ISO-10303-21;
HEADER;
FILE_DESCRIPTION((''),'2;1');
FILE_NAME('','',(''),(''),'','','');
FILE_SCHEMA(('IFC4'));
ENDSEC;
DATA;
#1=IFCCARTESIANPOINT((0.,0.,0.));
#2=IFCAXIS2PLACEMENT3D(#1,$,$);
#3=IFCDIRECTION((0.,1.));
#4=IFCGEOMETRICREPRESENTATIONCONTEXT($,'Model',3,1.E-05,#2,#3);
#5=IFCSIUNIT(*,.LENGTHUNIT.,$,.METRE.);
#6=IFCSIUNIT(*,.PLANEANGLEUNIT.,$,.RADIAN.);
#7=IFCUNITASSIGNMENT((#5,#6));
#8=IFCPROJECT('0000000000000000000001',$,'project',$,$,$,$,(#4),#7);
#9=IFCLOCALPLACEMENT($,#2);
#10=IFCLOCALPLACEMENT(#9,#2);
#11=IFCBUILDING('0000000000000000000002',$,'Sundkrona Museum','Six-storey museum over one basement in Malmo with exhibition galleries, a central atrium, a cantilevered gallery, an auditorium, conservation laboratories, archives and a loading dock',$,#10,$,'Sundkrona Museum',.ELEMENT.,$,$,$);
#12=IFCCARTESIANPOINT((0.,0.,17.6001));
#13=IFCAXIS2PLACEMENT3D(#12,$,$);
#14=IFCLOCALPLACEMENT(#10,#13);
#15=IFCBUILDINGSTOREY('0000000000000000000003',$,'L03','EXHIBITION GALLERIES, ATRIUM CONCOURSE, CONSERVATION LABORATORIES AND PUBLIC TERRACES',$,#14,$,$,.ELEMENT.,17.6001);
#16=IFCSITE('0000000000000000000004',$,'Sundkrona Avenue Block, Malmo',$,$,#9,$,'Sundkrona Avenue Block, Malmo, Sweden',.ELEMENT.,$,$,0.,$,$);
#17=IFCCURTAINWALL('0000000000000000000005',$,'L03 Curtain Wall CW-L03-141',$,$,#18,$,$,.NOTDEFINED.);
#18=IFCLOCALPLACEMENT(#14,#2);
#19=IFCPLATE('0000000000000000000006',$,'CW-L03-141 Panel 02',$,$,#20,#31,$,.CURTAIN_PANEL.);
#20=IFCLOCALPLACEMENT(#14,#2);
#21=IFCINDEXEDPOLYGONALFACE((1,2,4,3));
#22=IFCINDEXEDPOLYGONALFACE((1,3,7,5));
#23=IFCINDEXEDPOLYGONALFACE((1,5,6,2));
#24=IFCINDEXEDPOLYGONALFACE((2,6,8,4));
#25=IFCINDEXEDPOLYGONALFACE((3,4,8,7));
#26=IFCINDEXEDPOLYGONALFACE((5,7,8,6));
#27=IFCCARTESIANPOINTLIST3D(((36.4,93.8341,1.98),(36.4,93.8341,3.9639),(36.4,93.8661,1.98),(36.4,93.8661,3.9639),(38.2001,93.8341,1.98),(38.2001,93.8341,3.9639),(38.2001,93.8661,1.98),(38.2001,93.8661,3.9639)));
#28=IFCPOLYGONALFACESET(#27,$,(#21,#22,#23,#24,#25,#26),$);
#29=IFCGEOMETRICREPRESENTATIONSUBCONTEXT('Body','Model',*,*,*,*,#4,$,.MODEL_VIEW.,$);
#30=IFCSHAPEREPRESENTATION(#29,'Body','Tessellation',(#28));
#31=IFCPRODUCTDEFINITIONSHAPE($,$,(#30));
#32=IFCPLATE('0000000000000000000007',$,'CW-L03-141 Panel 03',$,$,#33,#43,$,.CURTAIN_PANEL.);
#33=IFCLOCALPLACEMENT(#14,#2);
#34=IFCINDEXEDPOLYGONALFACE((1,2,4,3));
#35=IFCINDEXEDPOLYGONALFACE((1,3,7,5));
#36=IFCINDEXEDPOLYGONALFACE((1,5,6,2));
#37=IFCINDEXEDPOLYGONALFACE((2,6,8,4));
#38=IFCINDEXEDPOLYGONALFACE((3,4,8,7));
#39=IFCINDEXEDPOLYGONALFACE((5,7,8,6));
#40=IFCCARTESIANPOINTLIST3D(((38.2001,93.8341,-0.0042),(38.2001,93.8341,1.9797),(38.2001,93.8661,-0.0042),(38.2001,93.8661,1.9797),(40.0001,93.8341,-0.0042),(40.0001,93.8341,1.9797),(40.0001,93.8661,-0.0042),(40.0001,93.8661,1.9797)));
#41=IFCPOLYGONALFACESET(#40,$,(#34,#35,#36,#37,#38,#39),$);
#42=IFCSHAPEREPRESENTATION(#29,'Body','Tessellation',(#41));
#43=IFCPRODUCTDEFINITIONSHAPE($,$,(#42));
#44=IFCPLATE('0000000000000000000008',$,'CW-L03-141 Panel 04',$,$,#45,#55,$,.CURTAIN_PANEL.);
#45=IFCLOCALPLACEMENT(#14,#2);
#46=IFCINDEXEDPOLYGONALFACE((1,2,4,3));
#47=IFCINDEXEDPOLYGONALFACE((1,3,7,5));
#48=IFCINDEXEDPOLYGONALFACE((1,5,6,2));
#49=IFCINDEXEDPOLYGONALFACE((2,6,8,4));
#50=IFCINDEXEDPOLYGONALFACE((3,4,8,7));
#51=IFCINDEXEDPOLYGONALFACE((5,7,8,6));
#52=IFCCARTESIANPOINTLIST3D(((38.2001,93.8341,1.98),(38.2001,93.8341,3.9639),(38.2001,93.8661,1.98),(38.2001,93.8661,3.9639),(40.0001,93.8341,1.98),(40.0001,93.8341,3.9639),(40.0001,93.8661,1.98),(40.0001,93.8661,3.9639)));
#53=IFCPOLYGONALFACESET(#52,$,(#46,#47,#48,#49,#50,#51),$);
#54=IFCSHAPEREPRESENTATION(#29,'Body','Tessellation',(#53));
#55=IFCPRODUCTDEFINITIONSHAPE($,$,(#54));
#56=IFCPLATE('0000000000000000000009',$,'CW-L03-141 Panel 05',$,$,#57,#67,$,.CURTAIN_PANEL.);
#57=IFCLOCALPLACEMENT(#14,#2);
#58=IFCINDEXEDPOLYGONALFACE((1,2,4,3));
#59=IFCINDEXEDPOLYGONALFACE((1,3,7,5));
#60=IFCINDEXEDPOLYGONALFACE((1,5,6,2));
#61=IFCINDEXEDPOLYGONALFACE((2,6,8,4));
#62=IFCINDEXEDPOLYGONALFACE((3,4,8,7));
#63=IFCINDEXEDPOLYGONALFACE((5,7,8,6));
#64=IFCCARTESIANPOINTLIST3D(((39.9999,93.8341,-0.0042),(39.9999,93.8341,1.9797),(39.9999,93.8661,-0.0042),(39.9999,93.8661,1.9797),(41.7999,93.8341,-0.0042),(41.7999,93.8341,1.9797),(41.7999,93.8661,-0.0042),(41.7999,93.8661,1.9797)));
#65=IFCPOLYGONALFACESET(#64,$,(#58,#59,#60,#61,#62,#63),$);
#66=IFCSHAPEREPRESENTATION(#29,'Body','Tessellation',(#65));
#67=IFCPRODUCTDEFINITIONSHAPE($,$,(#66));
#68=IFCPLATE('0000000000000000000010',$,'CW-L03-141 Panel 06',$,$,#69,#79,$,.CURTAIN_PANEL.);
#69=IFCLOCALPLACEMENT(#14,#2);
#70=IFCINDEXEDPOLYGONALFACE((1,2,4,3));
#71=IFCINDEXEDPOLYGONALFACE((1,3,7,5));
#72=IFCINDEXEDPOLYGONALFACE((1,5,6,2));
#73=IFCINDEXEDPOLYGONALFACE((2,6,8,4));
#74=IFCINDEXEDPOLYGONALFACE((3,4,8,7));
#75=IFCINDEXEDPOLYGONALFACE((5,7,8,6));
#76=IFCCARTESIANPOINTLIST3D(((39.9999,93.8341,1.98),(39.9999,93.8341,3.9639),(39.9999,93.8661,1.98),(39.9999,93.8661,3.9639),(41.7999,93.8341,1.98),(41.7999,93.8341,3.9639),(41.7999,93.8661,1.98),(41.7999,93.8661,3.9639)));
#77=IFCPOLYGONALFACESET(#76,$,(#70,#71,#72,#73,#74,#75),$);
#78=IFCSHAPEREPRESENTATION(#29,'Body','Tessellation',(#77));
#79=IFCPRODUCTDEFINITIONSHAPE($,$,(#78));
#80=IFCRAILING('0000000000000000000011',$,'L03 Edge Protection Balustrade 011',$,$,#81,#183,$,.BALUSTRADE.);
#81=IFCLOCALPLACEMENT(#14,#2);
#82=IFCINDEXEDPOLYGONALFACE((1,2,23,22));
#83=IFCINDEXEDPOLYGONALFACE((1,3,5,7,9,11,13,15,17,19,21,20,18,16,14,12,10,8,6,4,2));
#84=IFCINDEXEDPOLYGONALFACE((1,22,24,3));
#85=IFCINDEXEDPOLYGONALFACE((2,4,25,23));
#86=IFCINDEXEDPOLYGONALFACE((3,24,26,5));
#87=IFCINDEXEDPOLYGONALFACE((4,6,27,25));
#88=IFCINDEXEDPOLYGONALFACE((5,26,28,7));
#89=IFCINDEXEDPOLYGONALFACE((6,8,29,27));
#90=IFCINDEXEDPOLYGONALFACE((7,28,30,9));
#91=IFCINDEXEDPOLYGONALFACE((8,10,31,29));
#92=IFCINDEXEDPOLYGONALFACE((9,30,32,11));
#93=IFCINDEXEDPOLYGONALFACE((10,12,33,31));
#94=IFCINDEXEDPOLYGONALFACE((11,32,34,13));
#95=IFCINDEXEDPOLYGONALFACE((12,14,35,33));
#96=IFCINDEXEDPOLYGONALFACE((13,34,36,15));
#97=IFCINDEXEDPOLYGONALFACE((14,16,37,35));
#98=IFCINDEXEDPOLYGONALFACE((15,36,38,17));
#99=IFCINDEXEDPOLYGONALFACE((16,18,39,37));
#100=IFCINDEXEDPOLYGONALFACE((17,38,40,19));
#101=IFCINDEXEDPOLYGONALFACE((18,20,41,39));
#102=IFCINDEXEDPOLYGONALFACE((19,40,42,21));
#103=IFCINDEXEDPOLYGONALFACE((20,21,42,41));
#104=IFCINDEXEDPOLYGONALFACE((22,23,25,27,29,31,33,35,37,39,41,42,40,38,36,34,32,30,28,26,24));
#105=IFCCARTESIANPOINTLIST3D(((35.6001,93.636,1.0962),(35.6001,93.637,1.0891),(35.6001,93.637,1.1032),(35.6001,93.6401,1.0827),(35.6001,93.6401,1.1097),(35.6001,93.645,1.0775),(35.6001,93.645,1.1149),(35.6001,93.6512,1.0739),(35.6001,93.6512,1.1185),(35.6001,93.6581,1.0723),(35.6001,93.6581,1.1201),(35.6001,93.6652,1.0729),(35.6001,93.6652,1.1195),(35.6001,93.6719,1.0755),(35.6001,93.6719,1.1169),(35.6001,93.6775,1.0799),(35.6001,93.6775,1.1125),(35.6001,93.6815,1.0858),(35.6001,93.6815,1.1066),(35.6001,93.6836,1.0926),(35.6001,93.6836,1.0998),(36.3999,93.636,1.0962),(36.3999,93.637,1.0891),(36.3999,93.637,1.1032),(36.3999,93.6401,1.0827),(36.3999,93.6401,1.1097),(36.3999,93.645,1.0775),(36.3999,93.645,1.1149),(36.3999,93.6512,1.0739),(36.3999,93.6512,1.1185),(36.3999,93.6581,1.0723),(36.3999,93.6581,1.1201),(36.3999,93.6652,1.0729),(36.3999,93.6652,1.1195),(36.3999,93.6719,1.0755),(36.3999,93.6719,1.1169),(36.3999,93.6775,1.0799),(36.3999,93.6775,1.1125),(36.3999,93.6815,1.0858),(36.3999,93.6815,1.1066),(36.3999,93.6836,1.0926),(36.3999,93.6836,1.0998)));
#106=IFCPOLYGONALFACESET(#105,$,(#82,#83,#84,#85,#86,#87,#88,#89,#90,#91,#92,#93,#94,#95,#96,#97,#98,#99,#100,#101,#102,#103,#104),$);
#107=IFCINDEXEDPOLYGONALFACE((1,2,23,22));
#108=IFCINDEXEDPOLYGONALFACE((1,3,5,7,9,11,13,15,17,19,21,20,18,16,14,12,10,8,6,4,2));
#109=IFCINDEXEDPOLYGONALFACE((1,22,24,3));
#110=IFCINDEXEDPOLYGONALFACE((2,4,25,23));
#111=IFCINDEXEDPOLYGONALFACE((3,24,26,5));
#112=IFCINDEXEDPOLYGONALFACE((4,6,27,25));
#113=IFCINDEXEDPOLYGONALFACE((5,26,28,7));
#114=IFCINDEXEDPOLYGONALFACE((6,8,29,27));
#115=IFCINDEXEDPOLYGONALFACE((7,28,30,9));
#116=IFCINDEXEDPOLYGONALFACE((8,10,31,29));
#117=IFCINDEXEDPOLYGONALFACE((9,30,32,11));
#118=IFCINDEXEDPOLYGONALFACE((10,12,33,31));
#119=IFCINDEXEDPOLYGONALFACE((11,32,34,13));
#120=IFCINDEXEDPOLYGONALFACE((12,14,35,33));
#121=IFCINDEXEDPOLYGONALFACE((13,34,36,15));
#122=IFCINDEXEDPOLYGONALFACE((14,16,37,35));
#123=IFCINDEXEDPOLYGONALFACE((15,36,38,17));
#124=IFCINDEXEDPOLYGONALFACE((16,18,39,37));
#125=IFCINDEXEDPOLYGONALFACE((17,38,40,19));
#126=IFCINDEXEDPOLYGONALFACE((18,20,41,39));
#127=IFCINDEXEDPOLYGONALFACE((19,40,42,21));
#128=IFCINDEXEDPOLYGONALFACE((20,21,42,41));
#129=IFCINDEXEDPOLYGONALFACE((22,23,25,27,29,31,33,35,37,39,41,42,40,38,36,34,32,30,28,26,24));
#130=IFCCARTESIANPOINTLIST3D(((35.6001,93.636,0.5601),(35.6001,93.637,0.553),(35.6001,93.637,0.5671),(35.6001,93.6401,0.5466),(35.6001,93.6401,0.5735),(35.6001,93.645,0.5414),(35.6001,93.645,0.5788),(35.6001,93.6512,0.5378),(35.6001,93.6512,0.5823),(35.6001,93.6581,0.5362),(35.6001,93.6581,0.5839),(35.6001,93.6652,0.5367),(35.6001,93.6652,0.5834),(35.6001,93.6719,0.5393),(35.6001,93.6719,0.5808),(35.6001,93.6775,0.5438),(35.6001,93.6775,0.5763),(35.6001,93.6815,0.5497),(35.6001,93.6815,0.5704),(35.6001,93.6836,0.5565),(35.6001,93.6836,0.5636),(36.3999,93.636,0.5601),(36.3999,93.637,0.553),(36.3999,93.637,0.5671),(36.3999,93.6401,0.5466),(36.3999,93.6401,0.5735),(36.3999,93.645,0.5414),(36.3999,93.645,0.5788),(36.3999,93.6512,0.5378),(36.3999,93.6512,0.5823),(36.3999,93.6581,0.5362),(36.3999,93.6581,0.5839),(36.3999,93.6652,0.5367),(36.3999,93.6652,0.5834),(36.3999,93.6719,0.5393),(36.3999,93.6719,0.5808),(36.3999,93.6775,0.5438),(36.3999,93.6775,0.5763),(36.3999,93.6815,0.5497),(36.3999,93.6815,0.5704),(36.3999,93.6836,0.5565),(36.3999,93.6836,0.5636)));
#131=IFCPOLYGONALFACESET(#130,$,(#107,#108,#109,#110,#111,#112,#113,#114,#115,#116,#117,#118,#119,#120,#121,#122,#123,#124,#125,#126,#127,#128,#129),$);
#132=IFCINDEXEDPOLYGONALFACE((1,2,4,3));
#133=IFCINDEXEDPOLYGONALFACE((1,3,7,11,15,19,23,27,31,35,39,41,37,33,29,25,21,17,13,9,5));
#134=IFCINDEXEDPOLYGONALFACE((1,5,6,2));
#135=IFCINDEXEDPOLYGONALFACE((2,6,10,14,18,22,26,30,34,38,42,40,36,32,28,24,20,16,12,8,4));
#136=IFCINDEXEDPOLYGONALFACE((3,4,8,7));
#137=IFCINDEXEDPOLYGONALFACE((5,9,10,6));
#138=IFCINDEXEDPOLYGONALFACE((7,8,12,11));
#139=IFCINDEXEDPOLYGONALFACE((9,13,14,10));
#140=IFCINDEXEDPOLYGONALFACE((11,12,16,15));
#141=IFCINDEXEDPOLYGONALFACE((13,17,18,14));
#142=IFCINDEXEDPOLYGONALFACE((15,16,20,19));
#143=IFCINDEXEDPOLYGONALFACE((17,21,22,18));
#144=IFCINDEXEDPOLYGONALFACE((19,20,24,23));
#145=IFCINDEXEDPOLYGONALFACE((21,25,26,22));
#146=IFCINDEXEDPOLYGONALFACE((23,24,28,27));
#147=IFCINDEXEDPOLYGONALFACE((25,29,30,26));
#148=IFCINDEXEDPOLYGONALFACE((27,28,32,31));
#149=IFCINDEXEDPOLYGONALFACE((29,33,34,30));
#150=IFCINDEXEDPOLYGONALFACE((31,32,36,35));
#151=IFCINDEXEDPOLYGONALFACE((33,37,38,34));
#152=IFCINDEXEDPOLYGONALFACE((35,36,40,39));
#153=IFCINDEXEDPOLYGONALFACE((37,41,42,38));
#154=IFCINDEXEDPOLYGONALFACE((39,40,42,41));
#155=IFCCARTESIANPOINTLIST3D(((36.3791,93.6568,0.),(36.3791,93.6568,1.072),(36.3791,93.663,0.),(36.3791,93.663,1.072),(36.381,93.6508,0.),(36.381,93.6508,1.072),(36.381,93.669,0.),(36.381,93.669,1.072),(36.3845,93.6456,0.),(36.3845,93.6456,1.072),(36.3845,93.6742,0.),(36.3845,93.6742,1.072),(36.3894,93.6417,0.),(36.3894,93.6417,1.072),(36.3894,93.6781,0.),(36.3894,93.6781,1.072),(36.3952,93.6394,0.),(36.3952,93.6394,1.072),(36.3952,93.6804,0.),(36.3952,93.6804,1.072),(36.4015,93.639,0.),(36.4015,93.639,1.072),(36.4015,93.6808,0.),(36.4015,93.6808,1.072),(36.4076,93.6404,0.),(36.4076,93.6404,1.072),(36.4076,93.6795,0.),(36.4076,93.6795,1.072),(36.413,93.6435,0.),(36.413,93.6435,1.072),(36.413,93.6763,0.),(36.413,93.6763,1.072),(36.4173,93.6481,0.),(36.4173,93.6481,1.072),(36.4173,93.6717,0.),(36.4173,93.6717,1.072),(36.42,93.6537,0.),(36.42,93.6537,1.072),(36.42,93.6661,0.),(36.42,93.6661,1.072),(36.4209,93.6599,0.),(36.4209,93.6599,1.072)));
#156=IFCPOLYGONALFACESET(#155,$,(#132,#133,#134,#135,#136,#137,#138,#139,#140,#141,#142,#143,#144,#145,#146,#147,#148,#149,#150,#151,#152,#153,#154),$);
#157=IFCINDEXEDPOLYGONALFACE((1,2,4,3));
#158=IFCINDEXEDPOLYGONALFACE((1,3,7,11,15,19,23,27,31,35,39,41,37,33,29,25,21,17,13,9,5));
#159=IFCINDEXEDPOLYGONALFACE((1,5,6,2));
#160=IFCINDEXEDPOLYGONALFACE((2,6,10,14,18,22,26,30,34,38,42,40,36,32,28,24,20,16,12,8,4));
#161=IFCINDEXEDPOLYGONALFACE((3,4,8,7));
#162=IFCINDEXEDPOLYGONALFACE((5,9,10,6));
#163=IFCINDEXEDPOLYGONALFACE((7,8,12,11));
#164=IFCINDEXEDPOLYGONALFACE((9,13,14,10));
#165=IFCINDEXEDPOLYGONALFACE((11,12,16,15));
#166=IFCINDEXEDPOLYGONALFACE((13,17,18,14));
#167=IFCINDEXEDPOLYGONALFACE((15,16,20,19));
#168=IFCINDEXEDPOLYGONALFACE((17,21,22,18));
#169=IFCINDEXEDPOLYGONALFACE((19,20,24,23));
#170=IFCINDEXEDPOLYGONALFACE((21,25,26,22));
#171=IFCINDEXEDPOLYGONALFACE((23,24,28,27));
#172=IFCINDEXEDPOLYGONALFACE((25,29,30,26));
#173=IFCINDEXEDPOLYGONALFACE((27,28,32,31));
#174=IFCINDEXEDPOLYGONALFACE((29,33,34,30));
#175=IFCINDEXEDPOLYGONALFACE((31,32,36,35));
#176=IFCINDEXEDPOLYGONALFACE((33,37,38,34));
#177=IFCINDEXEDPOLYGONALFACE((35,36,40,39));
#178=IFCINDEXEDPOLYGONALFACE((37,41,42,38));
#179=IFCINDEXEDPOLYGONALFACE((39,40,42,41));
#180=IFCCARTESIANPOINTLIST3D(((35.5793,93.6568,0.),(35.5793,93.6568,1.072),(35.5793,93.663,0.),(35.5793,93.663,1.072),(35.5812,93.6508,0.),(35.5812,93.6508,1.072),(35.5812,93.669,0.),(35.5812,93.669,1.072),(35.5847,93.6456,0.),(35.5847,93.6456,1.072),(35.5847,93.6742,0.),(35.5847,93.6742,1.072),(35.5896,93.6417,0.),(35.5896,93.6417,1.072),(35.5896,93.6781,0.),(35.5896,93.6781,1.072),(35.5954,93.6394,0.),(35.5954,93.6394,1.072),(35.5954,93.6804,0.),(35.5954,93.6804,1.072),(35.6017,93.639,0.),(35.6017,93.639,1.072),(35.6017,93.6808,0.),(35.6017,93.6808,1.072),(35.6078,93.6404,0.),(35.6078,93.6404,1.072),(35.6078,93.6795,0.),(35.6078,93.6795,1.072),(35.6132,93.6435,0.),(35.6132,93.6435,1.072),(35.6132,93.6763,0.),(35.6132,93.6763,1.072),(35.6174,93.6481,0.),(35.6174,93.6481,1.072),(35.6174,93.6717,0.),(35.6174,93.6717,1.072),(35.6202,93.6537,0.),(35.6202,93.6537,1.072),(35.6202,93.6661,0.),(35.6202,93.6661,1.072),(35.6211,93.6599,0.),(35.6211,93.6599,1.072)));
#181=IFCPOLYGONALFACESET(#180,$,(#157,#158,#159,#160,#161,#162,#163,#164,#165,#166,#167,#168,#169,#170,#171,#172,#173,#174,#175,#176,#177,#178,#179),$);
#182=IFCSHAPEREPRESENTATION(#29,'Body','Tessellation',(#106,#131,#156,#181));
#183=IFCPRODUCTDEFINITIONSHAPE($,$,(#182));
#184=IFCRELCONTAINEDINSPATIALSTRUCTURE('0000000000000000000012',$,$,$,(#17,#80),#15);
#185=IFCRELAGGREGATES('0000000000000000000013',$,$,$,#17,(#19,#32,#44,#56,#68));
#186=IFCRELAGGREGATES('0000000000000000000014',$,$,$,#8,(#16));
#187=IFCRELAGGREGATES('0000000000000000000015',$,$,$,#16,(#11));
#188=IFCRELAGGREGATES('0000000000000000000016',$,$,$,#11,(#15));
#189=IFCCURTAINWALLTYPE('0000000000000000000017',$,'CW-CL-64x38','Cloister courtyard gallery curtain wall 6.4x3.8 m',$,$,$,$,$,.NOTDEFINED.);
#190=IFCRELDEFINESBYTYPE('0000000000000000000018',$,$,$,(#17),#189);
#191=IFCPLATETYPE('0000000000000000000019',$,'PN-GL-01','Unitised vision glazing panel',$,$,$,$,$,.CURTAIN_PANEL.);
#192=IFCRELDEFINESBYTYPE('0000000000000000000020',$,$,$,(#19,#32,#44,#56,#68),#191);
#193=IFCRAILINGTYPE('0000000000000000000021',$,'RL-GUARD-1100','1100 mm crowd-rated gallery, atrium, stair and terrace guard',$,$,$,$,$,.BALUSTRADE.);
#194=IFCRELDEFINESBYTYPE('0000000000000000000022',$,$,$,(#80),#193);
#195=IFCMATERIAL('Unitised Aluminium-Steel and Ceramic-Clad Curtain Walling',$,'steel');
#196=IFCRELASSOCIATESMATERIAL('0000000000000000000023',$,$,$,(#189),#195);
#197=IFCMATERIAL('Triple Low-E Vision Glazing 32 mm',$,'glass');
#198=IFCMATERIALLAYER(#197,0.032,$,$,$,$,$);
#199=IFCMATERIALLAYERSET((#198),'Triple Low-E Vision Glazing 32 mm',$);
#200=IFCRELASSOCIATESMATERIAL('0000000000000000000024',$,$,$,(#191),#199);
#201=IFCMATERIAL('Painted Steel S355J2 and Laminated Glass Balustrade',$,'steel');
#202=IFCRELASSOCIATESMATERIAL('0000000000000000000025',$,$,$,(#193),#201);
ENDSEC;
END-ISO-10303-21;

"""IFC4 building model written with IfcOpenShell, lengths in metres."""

from ifc_helpers import new_model, si_unit, direction, frame, origin, origin_2d, place, context, subcontext, project, spatial, rectangle, circle, extrude, material, layer, layer_set, type_object, element, aggregate, save


model = new_model("IFC4")

# Units and contexts
model_context = context("Model", 3, precision=1e-05, world=origin(), true_north=direction((0.0, 1.0)))
body_context = subcontext(model_context, "Body", "Model", "MODEL_VIEW")
ifc_project = project(units=[si_unit("LENGTHUNIT", "METRE"), si_unit("PLANEANGLEUNIT", "RADIAN")], contexts=[model_context])

# Site, building, storey
site_placement = place(None, origin())
site = spatial("IfcSite", under=ifc_project, at=site_placement, Name="Sundkrona Avenue Block, Malmo", LongName="Sundkrona Avenue Block, Malmo, Sweden", CompositionType="ELEMENT", RefElevation=0.0)
building_placement = place(site_placement, origin())
building = spatial("IfcBuilding", under=site, at=building_placement, Name="Sundkrona Museum", Description="Six-storey museum over one basement in Malmo with exhibition galleries, a central atrium, a cantilevered gallery, an auditorium, conservation laboratories, archives and a loading dock", LongName="Sundkrona Museum", CompositionType="ELEMENT")
storey_placement = place(building_placement, frame((0.0, 0.0, 17.6001)))
storey = spatial("IfcBuildingStorey", under=building, at=storey_placement, Name="L03", Description="EXHIBITION GALLERIES, ATRIUM CONCOURSE, CONSERVATION LABORATORIES AND PUBLIC TERRACES", CompositionType="ELEMENT", Elevation=17.6001)

# Shared definitions
ifc_material_1 = material(Name="Unitised Aluminium-Steel and Ceramic-Clad Curtain Walling", Category="steel")
curtain_wall_type = type_object("IfcCurtainWallType", Name="CW-CL-64x38", Description="Cloister courtyard gallery curtain wall 6.4x3.8 m", PredefinedType="NOTDEFINED", material=ifc_material_1)

# Curtain wall
curtain_wall_1_placement = place(storey_placement, origin())
curtain_wall_1 = element("IfcCurtainWall", 1, at=curtain_wall_1_placement, inside=storey, type_object=curtain_wall_type, Name="L03 Curtain Wall CW-L03-141", PredefinedType="NOTDEFINED")

# Plates
ifc_material_2 = material(Name="Triple Low-E Vision Glazing 32 mm", Category="glass")
ifc_layer = layer(ifc_material_2, 0.032)
ifc_layer_set = layer_set([ifc_layer], Name="Triple Low-E Vision Glazing 32 mm")
plate_type = type_object("IfcPlateType", Name="PN-GL-01", Description="Unitised vision glazing panel", PredefinedType="CURTAIN_PANEL", material=ifc_layer_set)
plate_1_placement = place(storey_placement, frame((37.3, 93.8501, 1.98), z_axis=(0.0, 0.0, 1.0), x_axis=(1.0, 0.0, 0.0)))
plate_1 = element("IfcPlate", 2, at=plate_1_placement, type_object=plate_type, Name="CW-L03-141 Panel 02", PredefinedType="CURTAIN_PANEL", context=body_context, shape_type="SweptSolid", body=[
    extrude(rectangle(XDim=1.8, YDim=0.032, at=origin_2d()), origin(), (0.0, 0.0, 1.0), 1.9839),
])
plate_2_placement = place(storey_placement, frame((39.1001, 93.8501, -0.0042), z_axis=(0.0, 0.0, 1.0), x_axis=(1.0, 0.0, 0.0)))
plate_2 = element("IfcPlate", 3, at=plate_2_placement, type_object=plate_type, Name="CW-L03-141 Panel 03", PredefinedType="CURTAIN_PANEL", context=body_context, shape_type="SweptSolid", body=[
    extrude(rectangle(XDim=1.8, YDim=0.032, at=origin_2d()), origin(), (0.0, 0.0, 1.0), 1.9839),
])
plate_3_placement = place(storey_placement, frame((39.1001, 93.8501, 1.98), z_axis=(0.0, 0.0, 1.0), x_axis=(1.0, 0.0, 0.0)))
plate_3 = element("IfcPlate", 4, at=plate_3_placement, type_object=plate_type, Name="CW-L03-141 Panel 04", PredefinedType="CURTAIN_PANEL", context=body_context, shape_type="SweptSolid", body=[
    extrude(rectangle(XDim=1.8, YDim=0.032, at=origin_2d()), origin(), (0.0, 0.0, 1.0), 1.9839),
])
plate_4_placement = place(storey_placement, frame((40.8999, 93.8501, -0.0042), z_axis=(0.0, 0.0, 1.0), x_axis=(1.0, 0.0, 0.0)))
plate_4 = element("IfcPlate", 5, at=plate_4_placement, type_object=plate_type, Name="CW-L03-141 Panel 05", PredefinedType="CURTAIN_PANEL", context=body_context, shape_type="SweptSolid", body=[
    extrude(rectangle(XDim=1.8, YDim=0.032, at=origin_2d()), origin(), (0.0, 0.0, 1.0), 1.9839),
])
plate_5_placement = place(storey_placement, frame((40.8999, 93.8501, 1.98), z_axis=(0.0, 0.0, 1.0), x_axis=(1.0, 0.0, 0.0)))
plate_5 = element("IfcPlate", 6, at=plate_5_placement, type_object=plate_type, Name="CW-L03-141 Panel 06", PredefinedType="CURTAIN_PANEL", context=body_context, shape_type="SweptSolid", body=[
    extrude(rectangle(XDim=1.8, YDim=0.032, at=origin_2d()), origin(), (0.0, 0.0, 1.0), 1.9839),
])
aggregate(curtain_wall_1, [plate_1, plate_2, plate_3, plate_4, plate_5])

# Railing
ifc_material_3 = material(Name="Painted Steel S355J2 and Laminated Glass Balustrade", Category="steel")
railing_type = type_object("IfcRailingType", Name="RL-GUARD-1100", Description="1100 mm crowd-rated gallery, atrium, stair and terrace guard", PredefinedType="BALUSTRADE", material=ifc_material_3)
railing_1_placement = place(storey_placement, frame((36.3999, 93.6599, 0.0)))
element("IfcRailing", 7, at=railing_1_placement, inside=storey, type_object=railing_type, Name="L03 Edge Protection Balustrade 011", PredefinedType="BALUSTRADE", context=body_context, shape_type="SweptSolid", body=[
    extrude(circle(Radius=0.0239, at=origin_2d()), frame((0.0, 0.0, 1.0962), z_axis=(-1.0, 0.0, 0.0), x_axis=(0.0, -1.0, 0.0)), (0.0, 0.0, 1.0), 0.7998),
    extrude(circle(Radius=0.0239, at=origin_2d()), frame((0.0, 0.0, 0.5601), z_axis=(-1.0, 0.0, 0.0), x_axis=(0.0, -1.0, 0.0)), (0.0, 0.0, 1.0), 0.7998),
    extrude(circle(Radius=0.021, at=origin_2d()), origin(), (0.0, 0.0, 1.0), 1.072),
    extrude(circle(Radius=0.021, at=origin_2d()), frame((-0.7998, 0.0, 0.0)), (0.0, 0.0, 1.0), 1.072),
])

save(model, "model.ifc")
